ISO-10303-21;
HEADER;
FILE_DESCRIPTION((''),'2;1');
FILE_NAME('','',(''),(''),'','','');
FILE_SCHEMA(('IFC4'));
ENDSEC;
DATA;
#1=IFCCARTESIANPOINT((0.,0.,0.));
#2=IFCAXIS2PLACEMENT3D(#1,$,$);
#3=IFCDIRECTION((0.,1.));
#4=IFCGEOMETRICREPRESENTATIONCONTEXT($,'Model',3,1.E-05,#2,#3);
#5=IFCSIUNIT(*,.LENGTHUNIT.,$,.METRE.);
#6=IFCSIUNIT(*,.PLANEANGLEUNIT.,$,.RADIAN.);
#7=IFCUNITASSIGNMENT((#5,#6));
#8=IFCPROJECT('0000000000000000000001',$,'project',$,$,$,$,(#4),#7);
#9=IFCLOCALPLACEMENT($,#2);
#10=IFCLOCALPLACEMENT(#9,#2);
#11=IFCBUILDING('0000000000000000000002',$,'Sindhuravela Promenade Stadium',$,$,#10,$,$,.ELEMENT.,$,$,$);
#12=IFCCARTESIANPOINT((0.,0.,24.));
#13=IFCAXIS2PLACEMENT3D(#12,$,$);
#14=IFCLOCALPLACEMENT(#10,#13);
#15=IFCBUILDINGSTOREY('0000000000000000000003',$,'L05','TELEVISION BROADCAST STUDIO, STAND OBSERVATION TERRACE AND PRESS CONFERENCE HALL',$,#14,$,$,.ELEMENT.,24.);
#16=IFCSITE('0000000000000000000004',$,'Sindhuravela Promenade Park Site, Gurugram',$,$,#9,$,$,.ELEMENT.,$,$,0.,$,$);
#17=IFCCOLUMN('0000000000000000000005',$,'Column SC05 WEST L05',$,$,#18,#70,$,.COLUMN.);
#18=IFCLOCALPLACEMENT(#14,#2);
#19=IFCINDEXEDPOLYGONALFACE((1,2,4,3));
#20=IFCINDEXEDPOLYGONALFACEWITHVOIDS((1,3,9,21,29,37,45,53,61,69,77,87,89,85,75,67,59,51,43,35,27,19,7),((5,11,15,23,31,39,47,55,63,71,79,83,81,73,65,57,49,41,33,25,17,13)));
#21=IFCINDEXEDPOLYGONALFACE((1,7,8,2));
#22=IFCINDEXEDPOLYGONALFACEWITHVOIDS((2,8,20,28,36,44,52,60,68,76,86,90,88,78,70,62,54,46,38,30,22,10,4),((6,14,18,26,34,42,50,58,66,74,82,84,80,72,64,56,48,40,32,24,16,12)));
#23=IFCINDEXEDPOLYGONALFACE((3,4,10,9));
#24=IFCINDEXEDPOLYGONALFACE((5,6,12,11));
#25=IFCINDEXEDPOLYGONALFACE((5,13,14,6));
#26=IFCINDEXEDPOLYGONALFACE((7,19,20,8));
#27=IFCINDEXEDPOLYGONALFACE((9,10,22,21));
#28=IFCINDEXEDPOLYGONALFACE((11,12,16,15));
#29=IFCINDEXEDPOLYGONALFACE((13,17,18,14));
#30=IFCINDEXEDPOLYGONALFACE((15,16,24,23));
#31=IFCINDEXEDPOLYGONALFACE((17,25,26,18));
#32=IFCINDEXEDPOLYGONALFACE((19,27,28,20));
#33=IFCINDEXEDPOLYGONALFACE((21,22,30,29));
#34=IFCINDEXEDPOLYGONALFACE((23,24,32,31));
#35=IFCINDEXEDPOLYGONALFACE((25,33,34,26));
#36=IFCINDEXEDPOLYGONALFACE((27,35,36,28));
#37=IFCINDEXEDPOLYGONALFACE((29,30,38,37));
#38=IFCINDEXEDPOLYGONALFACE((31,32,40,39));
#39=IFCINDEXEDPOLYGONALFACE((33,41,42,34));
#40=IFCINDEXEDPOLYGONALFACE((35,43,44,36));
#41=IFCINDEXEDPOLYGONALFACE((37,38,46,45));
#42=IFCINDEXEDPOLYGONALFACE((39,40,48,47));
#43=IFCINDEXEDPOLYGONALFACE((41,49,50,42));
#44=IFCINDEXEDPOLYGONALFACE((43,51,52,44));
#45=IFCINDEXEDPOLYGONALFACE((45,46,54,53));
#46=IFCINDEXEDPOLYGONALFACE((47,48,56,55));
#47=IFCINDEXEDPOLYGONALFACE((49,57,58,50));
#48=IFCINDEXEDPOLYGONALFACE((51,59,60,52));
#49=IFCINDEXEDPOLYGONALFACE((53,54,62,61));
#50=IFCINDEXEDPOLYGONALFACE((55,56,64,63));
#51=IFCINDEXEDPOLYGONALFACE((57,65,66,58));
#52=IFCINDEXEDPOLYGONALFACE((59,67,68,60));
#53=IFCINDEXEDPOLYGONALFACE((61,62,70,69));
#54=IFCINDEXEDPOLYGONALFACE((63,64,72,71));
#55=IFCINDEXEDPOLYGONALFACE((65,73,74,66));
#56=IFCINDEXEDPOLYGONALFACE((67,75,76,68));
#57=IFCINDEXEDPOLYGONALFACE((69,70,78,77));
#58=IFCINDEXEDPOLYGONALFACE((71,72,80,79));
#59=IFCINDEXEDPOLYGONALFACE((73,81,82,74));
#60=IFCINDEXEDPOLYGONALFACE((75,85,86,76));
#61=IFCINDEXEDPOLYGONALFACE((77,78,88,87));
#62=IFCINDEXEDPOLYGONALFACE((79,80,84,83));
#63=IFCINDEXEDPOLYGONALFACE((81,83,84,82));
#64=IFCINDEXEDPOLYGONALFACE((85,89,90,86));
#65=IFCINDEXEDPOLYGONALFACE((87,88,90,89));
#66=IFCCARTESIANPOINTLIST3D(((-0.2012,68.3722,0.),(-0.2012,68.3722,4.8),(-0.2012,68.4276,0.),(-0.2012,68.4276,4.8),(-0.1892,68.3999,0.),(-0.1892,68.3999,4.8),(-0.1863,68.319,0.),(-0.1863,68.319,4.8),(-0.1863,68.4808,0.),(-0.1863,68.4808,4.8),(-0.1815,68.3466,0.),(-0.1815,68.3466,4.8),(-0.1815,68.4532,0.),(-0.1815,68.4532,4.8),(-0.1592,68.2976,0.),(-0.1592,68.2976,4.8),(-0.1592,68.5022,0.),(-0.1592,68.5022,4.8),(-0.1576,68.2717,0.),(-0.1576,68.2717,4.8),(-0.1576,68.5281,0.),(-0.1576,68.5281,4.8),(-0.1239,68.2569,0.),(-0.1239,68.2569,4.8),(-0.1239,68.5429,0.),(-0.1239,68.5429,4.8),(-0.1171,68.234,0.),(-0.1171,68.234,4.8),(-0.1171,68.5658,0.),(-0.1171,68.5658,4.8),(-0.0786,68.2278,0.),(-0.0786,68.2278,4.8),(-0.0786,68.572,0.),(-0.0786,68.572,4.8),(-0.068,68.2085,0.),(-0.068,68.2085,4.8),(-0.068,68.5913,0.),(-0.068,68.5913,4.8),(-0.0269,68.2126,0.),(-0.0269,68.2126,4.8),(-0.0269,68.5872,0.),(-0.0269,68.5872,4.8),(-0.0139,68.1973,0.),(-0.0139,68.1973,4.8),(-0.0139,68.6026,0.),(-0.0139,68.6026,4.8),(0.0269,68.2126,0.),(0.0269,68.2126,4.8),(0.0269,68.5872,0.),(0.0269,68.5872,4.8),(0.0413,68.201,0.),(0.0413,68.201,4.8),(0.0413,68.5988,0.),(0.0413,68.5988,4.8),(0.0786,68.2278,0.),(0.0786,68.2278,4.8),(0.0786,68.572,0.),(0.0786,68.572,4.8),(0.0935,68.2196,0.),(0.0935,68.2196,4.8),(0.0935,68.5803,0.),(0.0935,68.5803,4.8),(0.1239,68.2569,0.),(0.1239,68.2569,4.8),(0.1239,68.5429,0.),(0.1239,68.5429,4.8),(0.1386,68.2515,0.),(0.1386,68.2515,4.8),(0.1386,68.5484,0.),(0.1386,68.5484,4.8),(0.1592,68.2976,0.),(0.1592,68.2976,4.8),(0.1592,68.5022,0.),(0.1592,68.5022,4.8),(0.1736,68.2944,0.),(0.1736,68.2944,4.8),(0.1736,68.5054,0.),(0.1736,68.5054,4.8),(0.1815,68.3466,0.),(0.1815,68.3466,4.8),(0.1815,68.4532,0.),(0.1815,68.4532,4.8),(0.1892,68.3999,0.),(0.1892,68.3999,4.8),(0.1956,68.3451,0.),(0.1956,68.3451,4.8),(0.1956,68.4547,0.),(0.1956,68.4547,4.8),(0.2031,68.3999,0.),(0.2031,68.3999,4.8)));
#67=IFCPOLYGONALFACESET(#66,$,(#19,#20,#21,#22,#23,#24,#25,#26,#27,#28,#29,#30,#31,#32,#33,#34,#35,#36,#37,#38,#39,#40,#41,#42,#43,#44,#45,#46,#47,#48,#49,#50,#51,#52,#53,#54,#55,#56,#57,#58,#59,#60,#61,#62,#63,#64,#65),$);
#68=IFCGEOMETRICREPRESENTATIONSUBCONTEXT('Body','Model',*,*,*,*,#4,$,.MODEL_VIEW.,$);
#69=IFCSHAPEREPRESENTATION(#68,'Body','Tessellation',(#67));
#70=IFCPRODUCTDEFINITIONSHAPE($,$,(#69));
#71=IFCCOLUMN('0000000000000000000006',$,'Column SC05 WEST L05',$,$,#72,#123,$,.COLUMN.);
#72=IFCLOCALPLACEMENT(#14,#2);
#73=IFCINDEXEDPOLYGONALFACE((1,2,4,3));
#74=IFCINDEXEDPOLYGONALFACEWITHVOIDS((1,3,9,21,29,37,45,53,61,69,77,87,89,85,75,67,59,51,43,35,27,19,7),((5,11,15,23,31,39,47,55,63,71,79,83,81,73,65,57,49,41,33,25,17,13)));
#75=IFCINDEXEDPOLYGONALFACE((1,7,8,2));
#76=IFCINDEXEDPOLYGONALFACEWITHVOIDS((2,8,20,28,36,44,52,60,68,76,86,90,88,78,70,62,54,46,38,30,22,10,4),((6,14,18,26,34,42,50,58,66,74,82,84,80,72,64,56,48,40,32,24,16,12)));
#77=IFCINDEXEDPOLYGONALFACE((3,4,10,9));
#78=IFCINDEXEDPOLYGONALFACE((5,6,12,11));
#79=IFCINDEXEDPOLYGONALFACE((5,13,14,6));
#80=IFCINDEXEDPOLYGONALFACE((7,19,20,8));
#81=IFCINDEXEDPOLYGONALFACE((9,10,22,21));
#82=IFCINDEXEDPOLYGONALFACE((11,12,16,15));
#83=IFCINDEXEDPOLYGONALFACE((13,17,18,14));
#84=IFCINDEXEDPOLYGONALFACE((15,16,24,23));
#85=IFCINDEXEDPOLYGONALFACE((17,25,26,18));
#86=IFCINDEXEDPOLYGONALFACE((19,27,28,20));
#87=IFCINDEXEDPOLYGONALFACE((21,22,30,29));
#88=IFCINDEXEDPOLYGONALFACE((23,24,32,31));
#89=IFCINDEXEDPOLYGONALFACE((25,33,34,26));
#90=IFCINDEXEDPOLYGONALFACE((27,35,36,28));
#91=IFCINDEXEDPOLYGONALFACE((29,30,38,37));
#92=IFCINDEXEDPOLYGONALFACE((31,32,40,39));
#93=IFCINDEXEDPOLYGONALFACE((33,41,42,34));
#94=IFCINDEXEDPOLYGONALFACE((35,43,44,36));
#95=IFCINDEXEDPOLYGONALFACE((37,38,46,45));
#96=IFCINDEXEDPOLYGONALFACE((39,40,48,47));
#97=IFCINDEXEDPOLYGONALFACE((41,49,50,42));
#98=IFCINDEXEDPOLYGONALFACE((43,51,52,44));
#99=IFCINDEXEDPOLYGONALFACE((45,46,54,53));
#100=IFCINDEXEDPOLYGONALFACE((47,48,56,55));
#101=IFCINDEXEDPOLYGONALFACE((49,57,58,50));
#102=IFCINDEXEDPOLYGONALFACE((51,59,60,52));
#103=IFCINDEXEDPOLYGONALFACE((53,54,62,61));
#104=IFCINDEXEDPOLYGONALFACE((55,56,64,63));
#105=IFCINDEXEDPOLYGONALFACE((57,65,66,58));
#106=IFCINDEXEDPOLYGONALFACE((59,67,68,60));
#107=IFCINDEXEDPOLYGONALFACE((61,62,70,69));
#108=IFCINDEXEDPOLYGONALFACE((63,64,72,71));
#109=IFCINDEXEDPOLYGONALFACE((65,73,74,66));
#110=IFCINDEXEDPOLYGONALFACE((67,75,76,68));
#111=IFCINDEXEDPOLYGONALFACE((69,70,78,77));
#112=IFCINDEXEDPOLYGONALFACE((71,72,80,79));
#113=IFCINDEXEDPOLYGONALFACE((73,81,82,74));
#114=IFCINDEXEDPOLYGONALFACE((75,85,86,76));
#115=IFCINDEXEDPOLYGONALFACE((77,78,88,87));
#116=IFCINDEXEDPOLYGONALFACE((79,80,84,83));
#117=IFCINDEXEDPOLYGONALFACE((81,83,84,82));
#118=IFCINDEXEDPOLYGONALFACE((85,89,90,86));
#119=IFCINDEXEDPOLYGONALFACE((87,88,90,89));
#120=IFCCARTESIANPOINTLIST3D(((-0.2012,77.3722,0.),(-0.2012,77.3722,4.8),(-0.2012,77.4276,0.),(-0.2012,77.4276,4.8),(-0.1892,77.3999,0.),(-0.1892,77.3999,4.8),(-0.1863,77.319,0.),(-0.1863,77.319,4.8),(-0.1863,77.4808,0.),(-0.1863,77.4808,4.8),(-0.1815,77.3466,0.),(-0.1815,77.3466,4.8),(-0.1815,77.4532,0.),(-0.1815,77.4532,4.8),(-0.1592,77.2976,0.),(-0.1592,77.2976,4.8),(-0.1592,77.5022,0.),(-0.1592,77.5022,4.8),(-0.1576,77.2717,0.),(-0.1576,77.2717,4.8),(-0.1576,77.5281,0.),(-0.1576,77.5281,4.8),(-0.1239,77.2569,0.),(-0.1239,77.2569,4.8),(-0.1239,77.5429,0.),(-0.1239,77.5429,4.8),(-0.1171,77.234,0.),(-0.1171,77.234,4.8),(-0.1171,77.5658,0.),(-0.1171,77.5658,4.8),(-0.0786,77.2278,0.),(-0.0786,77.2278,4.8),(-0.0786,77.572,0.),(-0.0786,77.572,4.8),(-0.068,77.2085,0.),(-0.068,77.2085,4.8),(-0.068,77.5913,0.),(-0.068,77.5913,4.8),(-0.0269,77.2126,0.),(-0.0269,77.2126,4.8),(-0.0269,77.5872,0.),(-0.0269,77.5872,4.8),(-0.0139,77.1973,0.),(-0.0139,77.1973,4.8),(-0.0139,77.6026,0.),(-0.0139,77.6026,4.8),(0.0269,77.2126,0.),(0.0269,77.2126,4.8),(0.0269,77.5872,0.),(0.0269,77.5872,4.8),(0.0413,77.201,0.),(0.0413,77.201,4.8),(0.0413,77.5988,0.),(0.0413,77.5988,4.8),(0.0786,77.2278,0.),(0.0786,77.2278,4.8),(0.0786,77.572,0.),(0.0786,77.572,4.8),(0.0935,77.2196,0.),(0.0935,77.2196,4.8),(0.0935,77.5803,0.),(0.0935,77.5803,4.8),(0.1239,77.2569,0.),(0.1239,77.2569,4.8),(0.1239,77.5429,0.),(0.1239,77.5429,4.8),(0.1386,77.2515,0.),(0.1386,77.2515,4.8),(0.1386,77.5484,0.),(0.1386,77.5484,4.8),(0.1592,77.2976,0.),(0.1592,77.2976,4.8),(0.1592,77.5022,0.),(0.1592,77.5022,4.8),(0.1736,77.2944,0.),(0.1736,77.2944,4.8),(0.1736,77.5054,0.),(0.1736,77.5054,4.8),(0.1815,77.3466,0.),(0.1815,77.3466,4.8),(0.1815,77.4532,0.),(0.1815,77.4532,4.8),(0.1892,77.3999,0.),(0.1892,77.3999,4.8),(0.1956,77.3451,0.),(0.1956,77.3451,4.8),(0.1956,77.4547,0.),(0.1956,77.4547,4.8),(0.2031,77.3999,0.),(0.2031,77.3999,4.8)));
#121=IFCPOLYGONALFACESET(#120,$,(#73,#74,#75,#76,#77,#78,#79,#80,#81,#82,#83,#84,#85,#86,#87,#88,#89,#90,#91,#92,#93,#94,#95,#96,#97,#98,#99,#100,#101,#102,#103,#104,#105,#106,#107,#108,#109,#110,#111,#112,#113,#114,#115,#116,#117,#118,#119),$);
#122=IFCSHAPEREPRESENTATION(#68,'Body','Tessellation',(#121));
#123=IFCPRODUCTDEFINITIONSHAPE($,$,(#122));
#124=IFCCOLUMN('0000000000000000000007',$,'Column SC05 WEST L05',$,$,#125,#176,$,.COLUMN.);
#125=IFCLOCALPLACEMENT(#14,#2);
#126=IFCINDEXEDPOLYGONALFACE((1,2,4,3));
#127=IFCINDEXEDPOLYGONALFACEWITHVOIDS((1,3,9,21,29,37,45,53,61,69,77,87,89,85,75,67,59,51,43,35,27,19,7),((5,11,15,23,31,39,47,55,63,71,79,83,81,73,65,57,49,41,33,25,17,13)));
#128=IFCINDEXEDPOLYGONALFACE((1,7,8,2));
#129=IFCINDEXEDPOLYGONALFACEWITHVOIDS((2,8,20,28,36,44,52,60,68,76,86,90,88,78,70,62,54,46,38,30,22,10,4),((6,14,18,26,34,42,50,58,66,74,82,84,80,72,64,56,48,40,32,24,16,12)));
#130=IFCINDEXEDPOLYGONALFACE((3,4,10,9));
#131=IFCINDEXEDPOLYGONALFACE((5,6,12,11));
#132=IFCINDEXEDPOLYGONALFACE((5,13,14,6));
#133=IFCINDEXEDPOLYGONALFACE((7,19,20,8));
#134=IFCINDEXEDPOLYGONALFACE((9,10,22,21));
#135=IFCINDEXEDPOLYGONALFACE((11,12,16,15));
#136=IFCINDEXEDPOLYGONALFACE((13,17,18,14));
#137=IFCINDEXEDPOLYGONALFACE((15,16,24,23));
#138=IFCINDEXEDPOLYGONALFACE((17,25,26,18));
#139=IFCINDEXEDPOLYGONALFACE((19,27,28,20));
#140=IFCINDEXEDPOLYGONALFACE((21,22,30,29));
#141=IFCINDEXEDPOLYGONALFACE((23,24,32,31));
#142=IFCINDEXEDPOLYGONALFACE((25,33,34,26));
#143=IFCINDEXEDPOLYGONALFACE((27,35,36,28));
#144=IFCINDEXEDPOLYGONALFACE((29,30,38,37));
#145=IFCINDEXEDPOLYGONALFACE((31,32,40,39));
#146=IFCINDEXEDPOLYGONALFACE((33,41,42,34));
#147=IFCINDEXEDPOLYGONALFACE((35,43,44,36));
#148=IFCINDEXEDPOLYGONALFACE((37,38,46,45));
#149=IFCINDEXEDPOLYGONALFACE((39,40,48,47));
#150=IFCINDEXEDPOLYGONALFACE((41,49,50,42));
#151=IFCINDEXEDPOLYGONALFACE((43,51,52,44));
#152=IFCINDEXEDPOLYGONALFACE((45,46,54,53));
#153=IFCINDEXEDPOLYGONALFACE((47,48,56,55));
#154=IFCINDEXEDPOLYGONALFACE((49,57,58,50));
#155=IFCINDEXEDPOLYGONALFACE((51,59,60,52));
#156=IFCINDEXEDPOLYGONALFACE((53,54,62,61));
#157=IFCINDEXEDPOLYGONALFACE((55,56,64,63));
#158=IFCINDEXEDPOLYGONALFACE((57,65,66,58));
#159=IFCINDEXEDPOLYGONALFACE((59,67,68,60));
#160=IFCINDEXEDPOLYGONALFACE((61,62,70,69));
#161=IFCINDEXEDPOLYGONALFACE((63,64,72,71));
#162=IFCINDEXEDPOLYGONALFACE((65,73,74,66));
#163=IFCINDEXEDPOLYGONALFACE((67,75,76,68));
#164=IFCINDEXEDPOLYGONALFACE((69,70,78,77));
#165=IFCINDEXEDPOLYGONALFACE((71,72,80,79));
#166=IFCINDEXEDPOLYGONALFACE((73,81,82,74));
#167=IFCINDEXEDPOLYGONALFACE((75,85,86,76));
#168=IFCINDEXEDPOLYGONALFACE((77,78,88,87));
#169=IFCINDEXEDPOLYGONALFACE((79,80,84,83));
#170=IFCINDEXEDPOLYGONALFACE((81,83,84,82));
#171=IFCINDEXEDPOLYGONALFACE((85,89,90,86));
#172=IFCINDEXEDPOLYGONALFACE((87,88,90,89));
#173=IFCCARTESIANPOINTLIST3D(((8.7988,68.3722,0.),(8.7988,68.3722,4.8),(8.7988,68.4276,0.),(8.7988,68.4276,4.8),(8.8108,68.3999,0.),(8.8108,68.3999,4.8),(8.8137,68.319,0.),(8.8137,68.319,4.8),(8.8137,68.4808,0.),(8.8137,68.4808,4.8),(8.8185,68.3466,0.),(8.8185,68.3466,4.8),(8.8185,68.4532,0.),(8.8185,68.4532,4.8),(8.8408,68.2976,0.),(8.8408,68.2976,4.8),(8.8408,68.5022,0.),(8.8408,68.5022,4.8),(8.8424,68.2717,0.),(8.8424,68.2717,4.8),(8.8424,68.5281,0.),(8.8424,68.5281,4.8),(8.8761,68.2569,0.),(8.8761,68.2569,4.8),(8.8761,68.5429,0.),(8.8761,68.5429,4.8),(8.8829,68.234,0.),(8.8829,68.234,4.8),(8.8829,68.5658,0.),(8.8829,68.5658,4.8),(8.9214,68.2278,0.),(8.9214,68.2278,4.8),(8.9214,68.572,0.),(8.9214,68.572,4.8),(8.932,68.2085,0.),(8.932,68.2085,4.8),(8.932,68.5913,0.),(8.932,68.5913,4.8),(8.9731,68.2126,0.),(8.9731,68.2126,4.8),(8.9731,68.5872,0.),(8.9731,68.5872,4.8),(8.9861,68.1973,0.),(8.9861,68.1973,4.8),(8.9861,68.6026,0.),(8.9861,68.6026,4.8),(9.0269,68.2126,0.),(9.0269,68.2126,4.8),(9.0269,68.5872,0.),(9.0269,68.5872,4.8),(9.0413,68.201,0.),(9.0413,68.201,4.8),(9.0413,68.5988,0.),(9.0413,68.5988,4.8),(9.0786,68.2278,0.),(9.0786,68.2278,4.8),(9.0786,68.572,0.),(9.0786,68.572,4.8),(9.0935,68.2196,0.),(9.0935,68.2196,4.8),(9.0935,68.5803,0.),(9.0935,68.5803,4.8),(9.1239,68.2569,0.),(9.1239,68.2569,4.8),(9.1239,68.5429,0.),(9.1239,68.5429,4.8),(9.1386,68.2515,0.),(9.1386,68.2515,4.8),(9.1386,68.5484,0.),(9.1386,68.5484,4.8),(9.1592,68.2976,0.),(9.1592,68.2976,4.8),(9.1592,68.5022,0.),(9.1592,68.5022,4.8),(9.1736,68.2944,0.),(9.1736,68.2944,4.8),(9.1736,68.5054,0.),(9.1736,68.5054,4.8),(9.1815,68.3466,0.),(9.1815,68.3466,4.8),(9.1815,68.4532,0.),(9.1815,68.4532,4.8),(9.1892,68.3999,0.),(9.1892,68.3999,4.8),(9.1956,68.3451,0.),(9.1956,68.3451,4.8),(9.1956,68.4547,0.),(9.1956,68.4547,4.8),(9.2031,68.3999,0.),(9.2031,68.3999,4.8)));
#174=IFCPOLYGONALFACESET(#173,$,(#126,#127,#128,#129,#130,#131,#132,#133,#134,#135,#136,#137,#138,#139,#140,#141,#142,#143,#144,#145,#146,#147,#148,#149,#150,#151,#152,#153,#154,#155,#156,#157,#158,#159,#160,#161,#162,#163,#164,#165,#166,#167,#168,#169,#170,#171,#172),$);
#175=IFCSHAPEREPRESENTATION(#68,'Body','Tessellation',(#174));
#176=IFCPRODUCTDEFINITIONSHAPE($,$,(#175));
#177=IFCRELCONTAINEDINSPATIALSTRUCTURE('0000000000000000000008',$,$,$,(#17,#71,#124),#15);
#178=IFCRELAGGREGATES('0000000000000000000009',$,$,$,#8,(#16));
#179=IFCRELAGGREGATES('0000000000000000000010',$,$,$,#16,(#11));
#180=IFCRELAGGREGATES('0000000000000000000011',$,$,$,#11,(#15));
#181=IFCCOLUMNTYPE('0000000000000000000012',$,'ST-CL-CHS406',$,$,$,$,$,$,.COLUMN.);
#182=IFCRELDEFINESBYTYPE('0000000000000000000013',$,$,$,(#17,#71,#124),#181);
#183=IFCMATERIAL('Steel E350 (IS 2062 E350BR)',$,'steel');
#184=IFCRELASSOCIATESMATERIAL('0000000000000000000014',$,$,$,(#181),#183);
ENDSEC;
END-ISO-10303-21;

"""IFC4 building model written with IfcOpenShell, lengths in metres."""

from ifc_helpers import new_model, si_unit, direction, frame, origin, origin_2d, place, context, subcontext, project, spatial, hollow_circle, extrude, material, material_profile, profile_set, type_object, element, save


model = new_model("IFC4")

# Units and contexts
model_context = context("Model", 3, precision=1e-05, world=origin(), true_north=direction((0.0, 1.0)))
body_context = subcontext(model_context, "Body", "Model", "MODEL_VIEW")
ifc_project = project(units=[si_unit("LENGTHUNIT", "METRE"), si_unit("PLANEANGLEUNIT", "RADIAN")], contexts=[model_context])

# Site, building, storey
site_placement = place(None, origin())
site = spatial("IfcSite", under=ifc_project, at=site_placement, Name="Sindhuravela Promenade Park Site, Gurugram", CompositionType="ELEMENT", RefElevation=0.0)
building_placement = place(site_placement, origin())
building = spatial("IfcBuilding", under=site, at=building_placement, Name="Sindhuravela Promenade Stadium", CompositionType="ELEMENT")
storey_placement = place(building_placement, frame((0.0, 0.0, 24.0)))
storey = spatial("IfcBuildingStorey", under=building, at=storey_placement, Name="L05", Description="TELEVISION BROADCAST STUDIO, STAND OBSERVATION TERRACE AND PRESS CONFERENCE HALL", CompositionType="ELEMENT", Elevation=24.0)

# Columns
ifc_material_1 = material(Name="Steel E350 (IS 2062 E350BR)", Category="steel")
ifc_material_profile_1 = material_profile(ifc_material_1, hollow_circle(Radius=0.2031, WallThickness=0.0139, at=origin_2d()), Name="CHS 406.4x14")
ifc_profile_set_1 = profile_set([ifc_material_profile_1], Name="Steel E350 (IS 2062 E350BR)")
column_type = type_object("IfcColumnType", Name="ST-CL-CHS406", PredefinedType="COLUMN", material=ifc_profile_set_1)
for number, where, z_axis, x_axis, name in (
    (1, (0.0, 68.3999, 0.0), (0.0, 0.0, 1.0), (1.0, 0.0, 0.0), "Column SC05 WEST L05"),
    (2, (0.0, 77.3999, 0.0), (0.0, 0.0, 1.0), (1.0, 0.0, 0.0), "Column SC05 WEST L05"),
    (3, (9.0, 68.3999, 0.0), (0.0, 0.0, 1.0), (1.0, 0.0, 0.0), "Column SC05 WEST L05"),
):
    element("IfcColumn", number, at=place(storey_placement, frame(where, z_axis=z_axis, x_axis=x_axis)), inside=storey, type_object=column_type, Name=name, PredefinedType="COLUMN", context=body_context, shape_type="SweptSolid", body=[
        extrude(hollow_circle(Radius=0.2031, WallThickness=0.0139, at=origin_2d()), origin(), (0.0, 0.0, 1.0), 4.8),
    ])

save(model, "model.ifc")
